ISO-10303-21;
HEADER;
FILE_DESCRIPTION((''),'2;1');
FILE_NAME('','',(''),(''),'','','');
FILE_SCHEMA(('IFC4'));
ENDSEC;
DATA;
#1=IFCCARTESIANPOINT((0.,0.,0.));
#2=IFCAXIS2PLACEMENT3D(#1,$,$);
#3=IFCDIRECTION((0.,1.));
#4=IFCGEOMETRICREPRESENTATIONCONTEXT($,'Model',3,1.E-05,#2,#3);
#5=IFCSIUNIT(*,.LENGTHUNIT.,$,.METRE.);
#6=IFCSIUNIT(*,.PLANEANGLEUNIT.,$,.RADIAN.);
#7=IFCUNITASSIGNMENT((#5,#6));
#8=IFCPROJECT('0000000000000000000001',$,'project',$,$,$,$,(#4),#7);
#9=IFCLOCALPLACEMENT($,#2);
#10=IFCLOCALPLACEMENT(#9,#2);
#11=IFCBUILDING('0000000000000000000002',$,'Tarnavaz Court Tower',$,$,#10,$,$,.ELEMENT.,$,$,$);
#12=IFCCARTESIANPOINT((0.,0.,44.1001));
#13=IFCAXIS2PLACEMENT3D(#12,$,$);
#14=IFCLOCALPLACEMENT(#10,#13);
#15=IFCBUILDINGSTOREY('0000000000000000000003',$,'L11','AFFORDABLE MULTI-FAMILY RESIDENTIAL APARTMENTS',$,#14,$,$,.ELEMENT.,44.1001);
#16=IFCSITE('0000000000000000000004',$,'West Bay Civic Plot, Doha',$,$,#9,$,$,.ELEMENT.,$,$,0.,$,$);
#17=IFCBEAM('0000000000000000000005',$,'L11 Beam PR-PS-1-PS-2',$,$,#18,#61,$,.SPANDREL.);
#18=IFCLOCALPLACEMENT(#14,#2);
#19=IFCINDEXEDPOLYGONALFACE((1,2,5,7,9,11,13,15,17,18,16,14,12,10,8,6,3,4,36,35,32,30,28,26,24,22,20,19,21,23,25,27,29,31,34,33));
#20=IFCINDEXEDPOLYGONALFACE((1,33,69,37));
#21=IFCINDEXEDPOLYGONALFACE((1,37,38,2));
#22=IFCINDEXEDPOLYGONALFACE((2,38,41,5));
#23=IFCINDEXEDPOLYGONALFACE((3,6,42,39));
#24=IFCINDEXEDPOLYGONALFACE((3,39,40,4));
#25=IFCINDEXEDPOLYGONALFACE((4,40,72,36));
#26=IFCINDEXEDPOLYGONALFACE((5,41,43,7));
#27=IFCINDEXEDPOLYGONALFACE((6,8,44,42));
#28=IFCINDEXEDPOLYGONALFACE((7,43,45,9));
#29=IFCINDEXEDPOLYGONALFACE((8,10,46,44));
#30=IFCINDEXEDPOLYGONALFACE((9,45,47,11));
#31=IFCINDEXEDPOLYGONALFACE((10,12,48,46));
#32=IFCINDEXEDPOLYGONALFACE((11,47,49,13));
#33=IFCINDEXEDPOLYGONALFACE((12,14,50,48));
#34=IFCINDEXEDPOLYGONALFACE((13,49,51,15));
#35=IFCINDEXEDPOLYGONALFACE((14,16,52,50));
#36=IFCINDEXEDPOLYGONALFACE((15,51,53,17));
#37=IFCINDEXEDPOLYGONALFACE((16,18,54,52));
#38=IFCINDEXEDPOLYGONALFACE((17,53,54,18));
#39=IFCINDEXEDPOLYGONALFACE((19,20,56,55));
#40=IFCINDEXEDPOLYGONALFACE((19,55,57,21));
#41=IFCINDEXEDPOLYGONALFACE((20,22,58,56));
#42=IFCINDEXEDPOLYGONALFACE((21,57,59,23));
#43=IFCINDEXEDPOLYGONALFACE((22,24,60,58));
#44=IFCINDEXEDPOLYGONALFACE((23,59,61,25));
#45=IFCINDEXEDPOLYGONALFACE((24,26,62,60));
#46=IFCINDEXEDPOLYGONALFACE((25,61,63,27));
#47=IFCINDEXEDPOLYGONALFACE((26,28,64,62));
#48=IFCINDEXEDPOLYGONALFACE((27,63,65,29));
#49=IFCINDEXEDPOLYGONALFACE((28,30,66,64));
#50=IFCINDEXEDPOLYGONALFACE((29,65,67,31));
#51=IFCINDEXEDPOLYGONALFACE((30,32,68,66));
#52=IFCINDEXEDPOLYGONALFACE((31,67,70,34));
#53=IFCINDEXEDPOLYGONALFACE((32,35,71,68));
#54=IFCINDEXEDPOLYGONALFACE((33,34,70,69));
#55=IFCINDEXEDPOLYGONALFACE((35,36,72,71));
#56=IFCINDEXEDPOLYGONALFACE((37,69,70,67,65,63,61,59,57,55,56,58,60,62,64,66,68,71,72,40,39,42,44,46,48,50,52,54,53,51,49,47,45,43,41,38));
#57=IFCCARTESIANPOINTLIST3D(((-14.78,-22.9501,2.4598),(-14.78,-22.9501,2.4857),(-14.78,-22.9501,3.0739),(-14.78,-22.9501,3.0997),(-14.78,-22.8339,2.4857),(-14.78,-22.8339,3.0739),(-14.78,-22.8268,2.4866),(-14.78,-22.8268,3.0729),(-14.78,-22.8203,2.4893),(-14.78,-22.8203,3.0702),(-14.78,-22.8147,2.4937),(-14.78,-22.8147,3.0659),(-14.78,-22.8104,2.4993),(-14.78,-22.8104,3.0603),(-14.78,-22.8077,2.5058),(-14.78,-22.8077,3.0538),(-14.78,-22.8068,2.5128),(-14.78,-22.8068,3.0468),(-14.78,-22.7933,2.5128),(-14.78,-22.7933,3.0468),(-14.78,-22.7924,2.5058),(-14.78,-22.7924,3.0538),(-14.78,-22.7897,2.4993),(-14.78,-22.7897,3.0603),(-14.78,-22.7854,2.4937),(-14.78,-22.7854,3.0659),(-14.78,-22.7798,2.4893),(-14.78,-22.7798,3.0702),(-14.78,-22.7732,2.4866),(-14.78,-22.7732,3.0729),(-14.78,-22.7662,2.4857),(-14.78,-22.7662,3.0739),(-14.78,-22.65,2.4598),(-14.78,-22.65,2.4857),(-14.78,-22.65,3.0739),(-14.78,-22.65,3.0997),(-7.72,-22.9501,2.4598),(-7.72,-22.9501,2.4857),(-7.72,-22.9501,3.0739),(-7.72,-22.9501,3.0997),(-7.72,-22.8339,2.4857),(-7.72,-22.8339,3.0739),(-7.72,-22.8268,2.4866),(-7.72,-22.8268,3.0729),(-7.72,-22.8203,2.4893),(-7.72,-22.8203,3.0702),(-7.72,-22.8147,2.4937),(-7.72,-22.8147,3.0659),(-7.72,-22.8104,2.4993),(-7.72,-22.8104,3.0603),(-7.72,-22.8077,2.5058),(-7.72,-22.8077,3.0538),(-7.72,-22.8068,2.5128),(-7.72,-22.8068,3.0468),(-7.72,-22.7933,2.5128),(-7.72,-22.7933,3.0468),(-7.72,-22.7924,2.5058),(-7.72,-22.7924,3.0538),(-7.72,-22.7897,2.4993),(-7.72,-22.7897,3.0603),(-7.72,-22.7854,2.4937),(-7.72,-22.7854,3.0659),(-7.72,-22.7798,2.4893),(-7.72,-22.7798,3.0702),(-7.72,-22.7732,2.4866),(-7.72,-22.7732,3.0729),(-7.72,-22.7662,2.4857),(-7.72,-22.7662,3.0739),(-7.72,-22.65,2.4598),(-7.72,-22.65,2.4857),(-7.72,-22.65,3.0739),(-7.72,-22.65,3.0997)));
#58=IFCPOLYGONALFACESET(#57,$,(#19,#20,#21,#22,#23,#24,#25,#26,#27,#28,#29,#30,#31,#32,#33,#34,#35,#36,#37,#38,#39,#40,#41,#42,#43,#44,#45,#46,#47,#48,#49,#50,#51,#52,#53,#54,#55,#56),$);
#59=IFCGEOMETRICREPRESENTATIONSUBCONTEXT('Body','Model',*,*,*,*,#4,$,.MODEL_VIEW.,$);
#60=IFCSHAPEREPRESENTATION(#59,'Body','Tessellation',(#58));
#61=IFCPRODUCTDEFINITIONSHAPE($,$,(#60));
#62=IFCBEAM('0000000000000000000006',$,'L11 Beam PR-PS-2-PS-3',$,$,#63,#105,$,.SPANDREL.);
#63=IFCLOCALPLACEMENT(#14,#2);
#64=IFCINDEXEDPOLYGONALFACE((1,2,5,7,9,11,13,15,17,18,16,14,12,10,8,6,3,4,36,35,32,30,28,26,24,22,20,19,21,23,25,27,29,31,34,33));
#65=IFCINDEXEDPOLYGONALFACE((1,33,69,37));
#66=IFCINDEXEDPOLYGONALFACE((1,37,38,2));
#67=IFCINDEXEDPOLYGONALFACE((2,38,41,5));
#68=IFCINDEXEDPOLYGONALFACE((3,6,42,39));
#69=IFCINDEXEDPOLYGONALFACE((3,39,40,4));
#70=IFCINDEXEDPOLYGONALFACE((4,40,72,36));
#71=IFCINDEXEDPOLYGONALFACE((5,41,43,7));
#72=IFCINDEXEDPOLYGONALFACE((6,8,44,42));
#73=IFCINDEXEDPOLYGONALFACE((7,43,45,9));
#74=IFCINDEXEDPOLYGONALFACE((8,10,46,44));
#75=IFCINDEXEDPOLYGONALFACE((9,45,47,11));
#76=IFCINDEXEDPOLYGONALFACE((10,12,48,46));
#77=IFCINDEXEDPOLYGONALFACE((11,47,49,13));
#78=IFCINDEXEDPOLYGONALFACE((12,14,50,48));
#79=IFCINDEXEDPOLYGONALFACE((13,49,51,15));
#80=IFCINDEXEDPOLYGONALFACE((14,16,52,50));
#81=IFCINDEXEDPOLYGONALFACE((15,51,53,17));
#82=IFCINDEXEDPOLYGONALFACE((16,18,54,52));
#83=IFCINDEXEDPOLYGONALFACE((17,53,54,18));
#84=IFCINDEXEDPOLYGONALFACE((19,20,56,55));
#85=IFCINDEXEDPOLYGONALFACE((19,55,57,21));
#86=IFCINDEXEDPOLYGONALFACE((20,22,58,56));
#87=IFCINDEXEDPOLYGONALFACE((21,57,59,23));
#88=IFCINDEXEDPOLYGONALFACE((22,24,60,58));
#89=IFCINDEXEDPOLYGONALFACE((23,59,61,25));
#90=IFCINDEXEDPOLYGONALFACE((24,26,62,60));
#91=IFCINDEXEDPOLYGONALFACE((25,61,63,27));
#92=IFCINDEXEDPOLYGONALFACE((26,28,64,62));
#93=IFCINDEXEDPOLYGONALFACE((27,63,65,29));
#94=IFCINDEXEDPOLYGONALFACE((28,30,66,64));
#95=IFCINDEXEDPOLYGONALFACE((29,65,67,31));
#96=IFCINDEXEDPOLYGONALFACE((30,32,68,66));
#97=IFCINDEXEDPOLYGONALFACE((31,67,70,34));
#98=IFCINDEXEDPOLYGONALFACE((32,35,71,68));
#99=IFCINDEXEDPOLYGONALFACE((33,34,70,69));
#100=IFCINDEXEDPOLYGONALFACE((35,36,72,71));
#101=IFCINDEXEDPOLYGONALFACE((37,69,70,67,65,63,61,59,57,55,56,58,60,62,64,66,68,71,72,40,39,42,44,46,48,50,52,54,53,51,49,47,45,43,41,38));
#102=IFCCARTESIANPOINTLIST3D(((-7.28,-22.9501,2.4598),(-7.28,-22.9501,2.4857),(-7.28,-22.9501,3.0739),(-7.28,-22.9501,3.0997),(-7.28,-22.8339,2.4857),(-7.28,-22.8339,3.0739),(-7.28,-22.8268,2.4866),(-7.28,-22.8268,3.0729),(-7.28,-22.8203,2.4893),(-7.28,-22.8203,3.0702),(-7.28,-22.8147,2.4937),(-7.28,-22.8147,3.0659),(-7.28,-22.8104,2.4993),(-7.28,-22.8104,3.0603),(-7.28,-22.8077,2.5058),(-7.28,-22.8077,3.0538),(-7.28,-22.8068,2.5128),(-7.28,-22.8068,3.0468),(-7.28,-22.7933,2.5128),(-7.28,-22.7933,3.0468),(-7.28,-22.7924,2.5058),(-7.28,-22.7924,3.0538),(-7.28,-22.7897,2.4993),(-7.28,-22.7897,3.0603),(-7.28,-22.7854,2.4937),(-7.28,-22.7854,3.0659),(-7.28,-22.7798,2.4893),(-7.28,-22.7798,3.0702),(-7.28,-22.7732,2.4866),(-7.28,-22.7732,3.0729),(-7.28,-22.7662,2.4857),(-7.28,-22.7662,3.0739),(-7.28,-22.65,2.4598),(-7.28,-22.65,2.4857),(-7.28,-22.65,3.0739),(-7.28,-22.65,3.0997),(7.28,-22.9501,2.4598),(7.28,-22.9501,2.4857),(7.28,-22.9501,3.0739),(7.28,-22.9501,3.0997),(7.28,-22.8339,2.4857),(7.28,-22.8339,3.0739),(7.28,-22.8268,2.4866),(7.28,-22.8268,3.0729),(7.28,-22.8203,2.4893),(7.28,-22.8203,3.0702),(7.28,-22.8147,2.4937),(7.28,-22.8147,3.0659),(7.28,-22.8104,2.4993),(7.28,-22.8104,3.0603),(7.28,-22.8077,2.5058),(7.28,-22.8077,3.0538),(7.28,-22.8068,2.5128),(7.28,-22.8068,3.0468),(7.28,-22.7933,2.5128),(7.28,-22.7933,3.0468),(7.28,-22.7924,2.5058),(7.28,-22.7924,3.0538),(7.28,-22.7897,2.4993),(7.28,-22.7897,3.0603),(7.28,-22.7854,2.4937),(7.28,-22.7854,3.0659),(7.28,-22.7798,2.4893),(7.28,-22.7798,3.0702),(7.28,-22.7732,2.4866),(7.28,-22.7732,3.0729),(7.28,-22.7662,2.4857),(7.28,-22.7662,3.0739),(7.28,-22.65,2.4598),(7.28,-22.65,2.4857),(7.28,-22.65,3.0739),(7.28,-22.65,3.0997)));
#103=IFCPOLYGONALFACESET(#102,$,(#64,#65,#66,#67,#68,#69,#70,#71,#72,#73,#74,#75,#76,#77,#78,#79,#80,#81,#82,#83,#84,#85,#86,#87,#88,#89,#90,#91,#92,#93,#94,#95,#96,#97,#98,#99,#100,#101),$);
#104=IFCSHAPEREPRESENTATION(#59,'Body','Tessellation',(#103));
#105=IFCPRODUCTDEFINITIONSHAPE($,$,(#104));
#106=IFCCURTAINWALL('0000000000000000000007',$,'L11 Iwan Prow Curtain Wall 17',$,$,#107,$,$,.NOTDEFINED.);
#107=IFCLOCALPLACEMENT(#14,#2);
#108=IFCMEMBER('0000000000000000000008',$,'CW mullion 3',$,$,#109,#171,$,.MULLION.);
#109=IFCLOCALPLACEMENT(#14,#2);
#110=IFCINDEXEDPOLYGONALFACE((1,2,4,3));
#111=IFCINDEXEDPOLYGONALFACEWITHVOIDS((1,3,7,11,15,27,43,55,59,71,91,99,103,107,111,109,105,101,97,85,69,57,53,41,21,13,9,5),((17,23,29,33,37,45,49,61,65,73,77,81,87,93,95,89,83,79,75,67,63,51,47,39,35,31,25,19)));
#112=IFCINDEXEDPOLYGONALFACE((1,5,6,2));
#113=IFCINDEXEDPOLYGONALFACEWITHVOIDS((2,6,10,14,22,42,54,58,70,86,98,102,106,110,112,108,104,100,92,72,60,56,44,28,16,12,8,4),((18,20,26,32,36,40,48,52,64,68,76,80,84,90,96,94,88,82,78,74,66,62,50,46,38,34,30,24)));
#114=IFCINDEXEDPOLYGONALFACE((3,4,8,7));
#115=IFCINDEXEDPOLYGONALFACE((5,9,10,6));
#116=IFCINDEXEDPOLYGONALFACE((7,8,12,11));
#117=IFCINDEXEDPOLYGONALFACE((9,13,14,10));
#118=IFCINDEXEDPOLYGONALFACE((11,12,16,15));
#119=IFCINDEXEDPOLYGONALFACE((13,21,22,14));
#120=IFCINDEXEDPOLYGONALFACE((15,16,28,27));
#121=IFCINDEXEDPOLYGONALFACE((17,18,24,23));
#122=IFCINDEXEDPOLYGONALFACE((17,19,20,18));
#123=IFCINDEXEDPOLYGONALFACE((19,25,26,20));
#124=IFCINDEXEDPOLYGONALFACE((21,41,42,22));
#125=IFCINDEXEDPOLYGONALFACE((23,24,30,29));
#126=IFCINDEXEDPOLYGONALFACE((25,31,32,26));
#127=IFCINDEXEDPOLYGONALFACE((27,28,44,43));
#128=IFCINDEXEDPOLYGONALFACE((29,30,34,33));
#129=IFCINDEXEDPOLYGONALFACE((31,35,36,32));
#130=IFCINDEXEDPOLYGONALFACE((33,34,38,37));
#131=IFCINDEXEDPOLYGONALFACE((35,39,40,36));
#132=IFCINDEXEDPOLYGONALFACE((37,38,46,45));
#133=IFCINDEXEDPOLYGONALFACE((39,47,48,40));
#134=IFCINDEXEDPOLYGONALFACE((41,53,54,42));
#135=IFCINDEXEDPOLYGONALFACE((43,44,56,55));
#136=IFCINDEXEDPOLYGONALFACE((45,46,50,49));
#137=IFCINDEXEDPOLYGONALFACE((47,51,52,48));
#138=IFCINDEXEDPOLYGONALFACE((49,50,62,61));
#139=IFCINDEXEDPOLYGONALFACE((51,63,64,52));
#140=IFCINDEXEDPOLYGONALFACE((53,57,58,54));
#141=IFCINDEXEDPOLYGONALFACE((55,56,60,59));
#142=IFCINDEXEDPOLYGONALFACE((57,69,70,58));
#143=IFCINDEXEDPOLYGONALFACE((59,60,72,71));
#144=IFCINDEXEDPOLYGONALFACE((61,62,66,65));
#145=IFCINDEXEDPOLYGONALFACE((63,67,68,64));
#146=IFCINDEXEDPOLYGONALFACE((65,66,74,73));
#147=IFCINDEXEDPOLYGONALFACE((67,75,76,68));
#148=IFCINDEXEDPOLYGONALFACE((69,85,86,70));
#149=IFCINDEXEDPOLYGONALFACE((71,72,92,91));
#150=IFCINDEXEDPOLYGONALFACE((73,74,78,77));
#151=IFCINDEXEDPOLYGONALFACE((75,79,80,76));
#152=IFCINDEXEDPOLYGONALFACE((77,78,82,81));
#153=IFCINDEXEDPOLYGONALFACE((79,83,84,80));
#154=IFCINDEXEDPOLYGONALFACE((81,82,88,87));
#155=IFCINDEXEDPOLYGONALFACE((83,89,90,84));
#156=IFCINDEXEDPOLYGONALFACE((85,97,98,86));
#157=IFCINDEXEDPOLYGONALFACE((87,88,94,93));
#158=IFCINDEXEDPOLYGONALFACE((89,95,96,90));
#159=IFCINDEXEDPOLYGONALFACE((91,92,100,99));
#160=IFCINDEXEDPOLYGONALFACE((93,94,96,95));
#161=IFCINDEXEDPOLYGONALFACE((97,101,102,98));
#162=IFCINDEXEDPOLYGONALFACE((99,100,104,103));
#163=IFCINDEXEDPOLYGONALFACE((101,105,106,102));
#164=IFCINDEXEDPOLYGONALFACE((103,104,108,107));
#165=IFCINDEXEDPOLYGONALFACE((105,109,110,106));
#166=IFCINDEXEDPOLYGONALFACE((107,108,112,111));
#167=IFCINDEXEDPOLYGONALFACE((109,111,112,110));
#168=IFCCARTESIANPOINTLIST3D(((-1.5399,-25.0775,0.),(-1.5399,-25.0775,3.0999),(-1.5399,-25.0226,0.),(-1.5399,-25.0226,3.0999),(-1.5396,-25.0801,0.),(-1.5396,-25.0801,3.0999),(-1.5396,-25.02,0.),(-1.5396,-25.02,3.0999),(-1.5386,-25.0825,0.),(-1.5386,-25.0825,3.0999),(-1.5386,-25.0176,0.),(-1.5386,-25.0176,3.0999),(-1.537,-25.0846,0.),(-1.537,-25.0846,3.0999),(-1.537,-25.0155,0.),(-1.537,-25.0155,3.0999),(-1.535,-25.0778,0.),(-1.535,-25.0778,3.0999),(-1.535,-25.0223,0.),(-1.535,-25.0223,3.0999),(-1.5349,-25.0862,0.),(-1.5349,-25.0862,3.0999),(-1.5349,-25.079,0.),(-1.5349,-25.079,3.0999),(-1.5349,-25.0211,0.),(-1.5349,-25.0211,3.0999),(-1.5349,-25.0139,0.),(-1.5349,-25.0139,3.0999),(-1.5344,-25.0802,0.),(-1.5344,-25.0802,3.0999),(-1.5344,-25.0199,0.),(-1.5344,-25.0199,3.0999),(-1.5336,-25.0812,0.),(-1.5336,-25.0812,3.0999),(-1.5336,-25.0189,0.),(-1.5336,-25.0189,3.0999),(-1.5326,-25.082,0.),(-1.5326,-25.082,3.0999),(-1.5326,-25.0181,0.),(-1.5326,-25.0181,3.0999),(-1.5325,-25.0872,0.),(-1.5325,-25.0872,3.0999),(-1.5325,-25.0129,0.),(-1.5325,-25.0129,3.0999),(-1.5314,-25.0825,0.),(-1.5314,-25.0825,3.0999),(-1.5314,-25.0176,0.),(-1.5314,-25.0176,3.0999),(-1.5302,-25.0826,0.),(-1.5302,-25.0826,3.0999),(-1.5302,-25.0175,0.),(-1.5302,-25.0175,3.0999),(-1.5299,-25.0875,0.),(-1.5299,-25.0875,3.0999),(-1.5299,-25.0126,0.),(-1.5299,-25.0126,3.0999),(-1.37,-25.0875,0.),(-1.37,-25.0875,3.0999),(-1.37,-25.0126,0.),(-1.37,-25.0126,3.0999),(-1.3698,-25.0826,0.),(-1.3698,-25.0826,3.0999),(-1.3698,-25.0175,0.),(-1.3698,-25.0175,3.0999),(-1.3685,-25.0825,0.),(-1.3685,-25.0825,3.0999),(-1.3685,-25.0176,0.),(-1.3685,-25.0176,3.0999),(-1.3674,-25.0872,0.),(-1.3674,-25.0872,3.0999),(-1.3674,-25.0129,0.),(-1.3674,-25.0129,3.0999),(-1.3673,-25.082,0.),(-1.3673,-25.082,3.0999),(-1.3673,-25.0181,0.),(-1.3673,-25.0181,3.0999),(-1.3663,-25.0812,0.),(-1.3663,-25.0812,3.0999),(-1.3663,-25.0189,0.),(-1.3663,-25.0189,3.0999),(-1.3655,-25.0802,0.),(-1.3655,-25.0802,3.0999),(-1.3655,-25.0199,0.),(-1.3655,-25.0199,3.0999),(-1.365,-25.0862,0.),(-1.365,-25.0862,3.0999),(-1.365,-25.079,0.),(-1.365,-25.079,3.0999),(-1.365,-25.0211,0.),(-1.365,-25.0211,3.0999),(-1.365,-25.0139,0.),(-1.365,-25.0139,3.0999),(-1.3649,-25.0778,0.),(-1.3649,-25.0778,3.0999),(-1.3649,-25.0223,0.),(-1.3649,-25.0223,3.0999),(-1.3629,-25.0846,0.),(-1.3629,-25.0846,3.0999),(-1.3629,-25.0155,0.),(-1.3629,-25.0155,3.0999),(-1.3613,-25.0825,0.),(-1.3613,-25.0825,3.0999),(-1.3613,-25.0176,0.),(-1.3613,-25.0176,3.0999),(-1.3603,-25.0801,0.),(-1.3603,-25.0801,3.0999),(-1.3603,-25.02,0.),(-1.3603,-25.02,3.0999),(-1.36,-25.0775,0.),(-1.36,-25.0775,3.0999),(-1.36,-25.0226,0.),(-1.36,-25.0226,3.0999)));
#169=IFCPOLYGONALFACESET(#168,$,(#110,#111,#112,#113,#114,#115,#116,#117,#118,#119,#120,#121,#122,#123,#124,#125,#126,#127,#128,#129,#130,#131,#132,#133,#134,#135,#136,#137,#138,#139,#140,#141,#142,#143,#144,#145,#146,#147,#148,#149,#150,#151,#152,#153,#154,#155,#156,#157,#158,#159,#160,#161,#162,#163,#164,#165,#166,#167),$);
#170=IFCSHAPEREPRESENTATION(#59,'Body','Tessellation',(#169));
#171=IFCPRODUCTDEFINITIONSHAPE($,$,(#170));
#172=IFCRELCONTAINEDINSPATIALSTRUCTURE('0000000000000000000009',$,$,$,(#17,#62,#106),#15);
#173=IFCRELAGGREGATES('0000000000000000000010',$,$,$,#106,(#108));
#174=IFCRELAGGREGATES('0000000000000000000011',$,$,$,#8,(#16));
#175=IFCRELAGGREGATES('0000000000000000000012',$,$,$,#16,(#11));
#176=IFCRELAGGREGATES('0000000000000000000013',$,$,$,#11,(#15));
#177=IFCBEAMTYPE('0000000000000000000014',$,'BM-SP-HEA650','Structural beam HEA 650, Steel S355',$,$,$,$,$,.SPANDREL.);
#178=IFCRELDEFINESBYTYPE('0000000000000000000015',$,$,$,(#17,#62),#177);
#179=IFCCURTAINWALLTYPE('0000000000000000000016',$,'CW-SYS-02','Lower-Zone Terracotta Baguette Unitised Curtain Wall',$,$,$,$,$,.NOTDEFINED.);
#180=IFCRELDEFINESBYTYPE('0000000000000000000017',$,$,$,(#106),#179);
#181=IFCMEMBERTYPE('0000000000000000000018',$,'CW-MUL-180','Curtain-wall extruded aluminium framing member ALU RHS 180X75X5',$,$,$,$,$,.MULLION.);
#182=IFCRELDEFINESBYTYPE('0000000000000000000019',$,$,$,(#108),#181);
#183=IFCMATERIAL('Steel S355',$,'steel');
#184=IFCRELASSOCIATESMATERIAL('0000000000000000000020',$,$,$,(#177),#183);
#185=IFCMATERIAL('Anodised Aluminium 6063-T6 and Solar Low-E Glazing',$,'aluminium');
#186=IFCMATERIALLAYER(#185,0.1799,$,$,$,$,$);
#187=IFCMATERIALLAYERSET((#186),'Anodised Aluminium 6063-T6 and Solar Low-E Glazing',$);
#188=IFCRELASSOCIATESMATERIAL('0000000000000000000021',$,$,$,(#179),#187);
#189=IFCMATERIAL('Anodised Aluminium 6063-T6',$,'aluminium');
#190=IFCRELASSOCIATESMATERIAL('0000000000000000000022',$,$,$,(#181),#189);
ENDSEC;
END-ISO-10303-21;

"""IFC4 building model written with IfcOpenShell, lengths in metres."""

from ifc_helpers import new_model, si_unit, direction, frame, origin, origin_2d, place, context, subcontext, project, spatial, hollow_rectangle, i_section, extrude, material, layer, layer_set, material_profile, profile_set, type_object, element, aggregate, save


model = new_model("IFC4")

# Units and contexts
model_context = context("Model", 3, precision=1e-05, world=origin(), true_north=direction((0.0, 1.0)))
body_context = subcontext(model_context, "Body", "Model", "MODEL_VIEW")
ifc_project = project(units=[si_unit("LENGTHUNIT", "METRE"), si_unit("PLANEANGLEUNIT", "RADIAN")], contexts=[model_context])

# Site, building, storey
site_placement = place(None, origin())
site = spatial("IfcSite", under=ifc_project, at=site_placement, Name="West Bay Civic Plot, Doha", CompositionType="ELEMENT", RefElevation=0.0)
building_placement = place(site_placement, origin())
building = spatial("IfcBuilding", under=site, at=building_placement, Name="Tarnavaz Court Tower", CompositionType="ELEMENT")
storey_placement = place(building_placement, frame((0.0, 0.0, 44.1001)))
storey = spatial("IfcBuildingStorey", under=building, at=storey_placement, Name="L11", Description="AFFORDABLE MULTI-FAMILY RESIDENTIAL APARTMENTS", CompositionType="ELEMENT", Elevation=44.1001)

# Beams
ifc_material_1 = material(Name="Steel S355", Category="steel")
ifc_material_profile_1 = material_profile(ifc_material_1, i_section(OverallWidth=0.3, OverallDepth=0.6399, WebThickness=0.0134, FlangeThickness=0.0259, FilletRadius=0.0271, at=origin_2d()), Name="HEA 650")
ifc_profile_set_1 = profile_set([ifc_material_profile_1], Name="Steel S355")
beam_type_1 = type_object("IfcBeamType", Name="BM-SP-HEA650", Description="Structural beam HEA 650, Steel S355", PredefinedType="SPANDREL", material=ifc_profile_set_1)
beam_1_placement = place(storey_placement, frame((-14.78, -22.8, 2.7798), z_axis=(1.0, 0.0, 0.0), x_axis=(0.0, 1.0, 0.0)))
element("IfcBeam", 1, at=beam_1_placement, inside=storey, type_object=beam_type_1, Name="L11 Beam PR-PS-1-PS-2", PredefinedType="SPANDREL", context=body_context, shape_type="SweptSolid", body=[
    extrude(i_section(OverallWidth=0.3, OverallDepth=0.6399, WebThickness=0.0134, FlangeThickness=0.0259, FilletRadius=0.0271, at=origin_2d()), origin(), (0.0, 0.0, 1.0), 7.0601),
])
beam_2_placement = place(storey_placement, frame((-7.28, -22.8, 2.7798), z_axis=(1.0, 0.0, 0.0), x_axis=(0.0, 1.0, 0.0)))
element("IfcBeam", 2, at=beam_2_placement, inside=storey, type_object=beam_type_1, Name="L11 Beam PR-PS-2-PS-3", PredefinedType="SPANDREL", context=body_context, shape_type="SweptSolid", body=[
    extrude(i_section(OverallWidth=0.3, OverallDepth=0.6399, WebThickness=0.0134, FlangeThickness=0.0259, FilletRadius=0.0271, at=origin_2d()), origin(), (0.0, 0.0, 1.0), 14.5601),
])

# Curtain wall, member
ifc_material_2 = material(Name="Anodised Aluminium 6063-T6 and Solar Low-E Glazing", Category="aluminium")
ifc_layer_1 = layer(ifc_material_2, 0.1799)
ifc_layer_set_1 = layer_set([ifc_layer_1], Name="Anodised Aluminium 6063-T6 and Solar Low-E Glazing")
curtain_wall_type = type_object("IfcCurtainWallType", Name="CW-SYS-02", Description="Lower-Zone Terracotta Baguette Unitised Curtain Wall", PredefinedType="NOTDEFINED", material=ifc_layer_set_1)
curtain_wall_placement = place(storey_placement, origin())
curtain_wall = element("IfcCurtainWall", 3, at=curtain_wall_placement, inside=storey, type_object=curtain_wall_type, Name="L11 Iwan Prow Curtain Wall 17", PredefinedType="NOTDEFINED")
ifc_material_3 = material(Name="Anodised Aluminium 6063-T6", Category="aluminium")
ifc_material_profile_2 = material_profile(ifc_material_3, hollow_rectangle(XDim=0.075, YDim=0.1799, WallThickness=0.0049, InnerFilletRadius=0.0049, OuterFilletRadius=0.01, at=origin_2d()), Name="ALU RHS 180X75X5")
ifc_profile_set_2 = profile_set([ifc_material_profile_2], Name="Anodised Aluminium 6063-T6")
member_type_1 = type_object("IfcMemberType", Name="CW-MUL-180", Description="Curtain-wall extruded aluminium framing member ALU RHS 180X75X5", PredefinedType="MULLION", material=ifc_profile_set_2)
member_1_placement = place(storey_placement, frame((-1.45, -25.05, 0.0), z_axis=(0.0, 0.0, 1.0), x_axis=(0.0, -1.0, 0.0)))
member_1 = element("IfcMember", 4, at=member_1_placement, type_object=member_type_1, Name="CW mullion 3", PredefinedType="MULLION", context=body_context, shape_type="SweptSolid", body=[
    extrude(hollow_rectangle(XDim=0.075, YDim=0.1799, WallThickness=0.0049, InnerFilletRadius=0.0049, OuterFilletRadius=0.01, at=origin_2d()), origin(), (0.0, 0.0, 1.0), 3.0999),
])
aggregate(curtain_wall, [member_1])

save(model, "model.ifc")
